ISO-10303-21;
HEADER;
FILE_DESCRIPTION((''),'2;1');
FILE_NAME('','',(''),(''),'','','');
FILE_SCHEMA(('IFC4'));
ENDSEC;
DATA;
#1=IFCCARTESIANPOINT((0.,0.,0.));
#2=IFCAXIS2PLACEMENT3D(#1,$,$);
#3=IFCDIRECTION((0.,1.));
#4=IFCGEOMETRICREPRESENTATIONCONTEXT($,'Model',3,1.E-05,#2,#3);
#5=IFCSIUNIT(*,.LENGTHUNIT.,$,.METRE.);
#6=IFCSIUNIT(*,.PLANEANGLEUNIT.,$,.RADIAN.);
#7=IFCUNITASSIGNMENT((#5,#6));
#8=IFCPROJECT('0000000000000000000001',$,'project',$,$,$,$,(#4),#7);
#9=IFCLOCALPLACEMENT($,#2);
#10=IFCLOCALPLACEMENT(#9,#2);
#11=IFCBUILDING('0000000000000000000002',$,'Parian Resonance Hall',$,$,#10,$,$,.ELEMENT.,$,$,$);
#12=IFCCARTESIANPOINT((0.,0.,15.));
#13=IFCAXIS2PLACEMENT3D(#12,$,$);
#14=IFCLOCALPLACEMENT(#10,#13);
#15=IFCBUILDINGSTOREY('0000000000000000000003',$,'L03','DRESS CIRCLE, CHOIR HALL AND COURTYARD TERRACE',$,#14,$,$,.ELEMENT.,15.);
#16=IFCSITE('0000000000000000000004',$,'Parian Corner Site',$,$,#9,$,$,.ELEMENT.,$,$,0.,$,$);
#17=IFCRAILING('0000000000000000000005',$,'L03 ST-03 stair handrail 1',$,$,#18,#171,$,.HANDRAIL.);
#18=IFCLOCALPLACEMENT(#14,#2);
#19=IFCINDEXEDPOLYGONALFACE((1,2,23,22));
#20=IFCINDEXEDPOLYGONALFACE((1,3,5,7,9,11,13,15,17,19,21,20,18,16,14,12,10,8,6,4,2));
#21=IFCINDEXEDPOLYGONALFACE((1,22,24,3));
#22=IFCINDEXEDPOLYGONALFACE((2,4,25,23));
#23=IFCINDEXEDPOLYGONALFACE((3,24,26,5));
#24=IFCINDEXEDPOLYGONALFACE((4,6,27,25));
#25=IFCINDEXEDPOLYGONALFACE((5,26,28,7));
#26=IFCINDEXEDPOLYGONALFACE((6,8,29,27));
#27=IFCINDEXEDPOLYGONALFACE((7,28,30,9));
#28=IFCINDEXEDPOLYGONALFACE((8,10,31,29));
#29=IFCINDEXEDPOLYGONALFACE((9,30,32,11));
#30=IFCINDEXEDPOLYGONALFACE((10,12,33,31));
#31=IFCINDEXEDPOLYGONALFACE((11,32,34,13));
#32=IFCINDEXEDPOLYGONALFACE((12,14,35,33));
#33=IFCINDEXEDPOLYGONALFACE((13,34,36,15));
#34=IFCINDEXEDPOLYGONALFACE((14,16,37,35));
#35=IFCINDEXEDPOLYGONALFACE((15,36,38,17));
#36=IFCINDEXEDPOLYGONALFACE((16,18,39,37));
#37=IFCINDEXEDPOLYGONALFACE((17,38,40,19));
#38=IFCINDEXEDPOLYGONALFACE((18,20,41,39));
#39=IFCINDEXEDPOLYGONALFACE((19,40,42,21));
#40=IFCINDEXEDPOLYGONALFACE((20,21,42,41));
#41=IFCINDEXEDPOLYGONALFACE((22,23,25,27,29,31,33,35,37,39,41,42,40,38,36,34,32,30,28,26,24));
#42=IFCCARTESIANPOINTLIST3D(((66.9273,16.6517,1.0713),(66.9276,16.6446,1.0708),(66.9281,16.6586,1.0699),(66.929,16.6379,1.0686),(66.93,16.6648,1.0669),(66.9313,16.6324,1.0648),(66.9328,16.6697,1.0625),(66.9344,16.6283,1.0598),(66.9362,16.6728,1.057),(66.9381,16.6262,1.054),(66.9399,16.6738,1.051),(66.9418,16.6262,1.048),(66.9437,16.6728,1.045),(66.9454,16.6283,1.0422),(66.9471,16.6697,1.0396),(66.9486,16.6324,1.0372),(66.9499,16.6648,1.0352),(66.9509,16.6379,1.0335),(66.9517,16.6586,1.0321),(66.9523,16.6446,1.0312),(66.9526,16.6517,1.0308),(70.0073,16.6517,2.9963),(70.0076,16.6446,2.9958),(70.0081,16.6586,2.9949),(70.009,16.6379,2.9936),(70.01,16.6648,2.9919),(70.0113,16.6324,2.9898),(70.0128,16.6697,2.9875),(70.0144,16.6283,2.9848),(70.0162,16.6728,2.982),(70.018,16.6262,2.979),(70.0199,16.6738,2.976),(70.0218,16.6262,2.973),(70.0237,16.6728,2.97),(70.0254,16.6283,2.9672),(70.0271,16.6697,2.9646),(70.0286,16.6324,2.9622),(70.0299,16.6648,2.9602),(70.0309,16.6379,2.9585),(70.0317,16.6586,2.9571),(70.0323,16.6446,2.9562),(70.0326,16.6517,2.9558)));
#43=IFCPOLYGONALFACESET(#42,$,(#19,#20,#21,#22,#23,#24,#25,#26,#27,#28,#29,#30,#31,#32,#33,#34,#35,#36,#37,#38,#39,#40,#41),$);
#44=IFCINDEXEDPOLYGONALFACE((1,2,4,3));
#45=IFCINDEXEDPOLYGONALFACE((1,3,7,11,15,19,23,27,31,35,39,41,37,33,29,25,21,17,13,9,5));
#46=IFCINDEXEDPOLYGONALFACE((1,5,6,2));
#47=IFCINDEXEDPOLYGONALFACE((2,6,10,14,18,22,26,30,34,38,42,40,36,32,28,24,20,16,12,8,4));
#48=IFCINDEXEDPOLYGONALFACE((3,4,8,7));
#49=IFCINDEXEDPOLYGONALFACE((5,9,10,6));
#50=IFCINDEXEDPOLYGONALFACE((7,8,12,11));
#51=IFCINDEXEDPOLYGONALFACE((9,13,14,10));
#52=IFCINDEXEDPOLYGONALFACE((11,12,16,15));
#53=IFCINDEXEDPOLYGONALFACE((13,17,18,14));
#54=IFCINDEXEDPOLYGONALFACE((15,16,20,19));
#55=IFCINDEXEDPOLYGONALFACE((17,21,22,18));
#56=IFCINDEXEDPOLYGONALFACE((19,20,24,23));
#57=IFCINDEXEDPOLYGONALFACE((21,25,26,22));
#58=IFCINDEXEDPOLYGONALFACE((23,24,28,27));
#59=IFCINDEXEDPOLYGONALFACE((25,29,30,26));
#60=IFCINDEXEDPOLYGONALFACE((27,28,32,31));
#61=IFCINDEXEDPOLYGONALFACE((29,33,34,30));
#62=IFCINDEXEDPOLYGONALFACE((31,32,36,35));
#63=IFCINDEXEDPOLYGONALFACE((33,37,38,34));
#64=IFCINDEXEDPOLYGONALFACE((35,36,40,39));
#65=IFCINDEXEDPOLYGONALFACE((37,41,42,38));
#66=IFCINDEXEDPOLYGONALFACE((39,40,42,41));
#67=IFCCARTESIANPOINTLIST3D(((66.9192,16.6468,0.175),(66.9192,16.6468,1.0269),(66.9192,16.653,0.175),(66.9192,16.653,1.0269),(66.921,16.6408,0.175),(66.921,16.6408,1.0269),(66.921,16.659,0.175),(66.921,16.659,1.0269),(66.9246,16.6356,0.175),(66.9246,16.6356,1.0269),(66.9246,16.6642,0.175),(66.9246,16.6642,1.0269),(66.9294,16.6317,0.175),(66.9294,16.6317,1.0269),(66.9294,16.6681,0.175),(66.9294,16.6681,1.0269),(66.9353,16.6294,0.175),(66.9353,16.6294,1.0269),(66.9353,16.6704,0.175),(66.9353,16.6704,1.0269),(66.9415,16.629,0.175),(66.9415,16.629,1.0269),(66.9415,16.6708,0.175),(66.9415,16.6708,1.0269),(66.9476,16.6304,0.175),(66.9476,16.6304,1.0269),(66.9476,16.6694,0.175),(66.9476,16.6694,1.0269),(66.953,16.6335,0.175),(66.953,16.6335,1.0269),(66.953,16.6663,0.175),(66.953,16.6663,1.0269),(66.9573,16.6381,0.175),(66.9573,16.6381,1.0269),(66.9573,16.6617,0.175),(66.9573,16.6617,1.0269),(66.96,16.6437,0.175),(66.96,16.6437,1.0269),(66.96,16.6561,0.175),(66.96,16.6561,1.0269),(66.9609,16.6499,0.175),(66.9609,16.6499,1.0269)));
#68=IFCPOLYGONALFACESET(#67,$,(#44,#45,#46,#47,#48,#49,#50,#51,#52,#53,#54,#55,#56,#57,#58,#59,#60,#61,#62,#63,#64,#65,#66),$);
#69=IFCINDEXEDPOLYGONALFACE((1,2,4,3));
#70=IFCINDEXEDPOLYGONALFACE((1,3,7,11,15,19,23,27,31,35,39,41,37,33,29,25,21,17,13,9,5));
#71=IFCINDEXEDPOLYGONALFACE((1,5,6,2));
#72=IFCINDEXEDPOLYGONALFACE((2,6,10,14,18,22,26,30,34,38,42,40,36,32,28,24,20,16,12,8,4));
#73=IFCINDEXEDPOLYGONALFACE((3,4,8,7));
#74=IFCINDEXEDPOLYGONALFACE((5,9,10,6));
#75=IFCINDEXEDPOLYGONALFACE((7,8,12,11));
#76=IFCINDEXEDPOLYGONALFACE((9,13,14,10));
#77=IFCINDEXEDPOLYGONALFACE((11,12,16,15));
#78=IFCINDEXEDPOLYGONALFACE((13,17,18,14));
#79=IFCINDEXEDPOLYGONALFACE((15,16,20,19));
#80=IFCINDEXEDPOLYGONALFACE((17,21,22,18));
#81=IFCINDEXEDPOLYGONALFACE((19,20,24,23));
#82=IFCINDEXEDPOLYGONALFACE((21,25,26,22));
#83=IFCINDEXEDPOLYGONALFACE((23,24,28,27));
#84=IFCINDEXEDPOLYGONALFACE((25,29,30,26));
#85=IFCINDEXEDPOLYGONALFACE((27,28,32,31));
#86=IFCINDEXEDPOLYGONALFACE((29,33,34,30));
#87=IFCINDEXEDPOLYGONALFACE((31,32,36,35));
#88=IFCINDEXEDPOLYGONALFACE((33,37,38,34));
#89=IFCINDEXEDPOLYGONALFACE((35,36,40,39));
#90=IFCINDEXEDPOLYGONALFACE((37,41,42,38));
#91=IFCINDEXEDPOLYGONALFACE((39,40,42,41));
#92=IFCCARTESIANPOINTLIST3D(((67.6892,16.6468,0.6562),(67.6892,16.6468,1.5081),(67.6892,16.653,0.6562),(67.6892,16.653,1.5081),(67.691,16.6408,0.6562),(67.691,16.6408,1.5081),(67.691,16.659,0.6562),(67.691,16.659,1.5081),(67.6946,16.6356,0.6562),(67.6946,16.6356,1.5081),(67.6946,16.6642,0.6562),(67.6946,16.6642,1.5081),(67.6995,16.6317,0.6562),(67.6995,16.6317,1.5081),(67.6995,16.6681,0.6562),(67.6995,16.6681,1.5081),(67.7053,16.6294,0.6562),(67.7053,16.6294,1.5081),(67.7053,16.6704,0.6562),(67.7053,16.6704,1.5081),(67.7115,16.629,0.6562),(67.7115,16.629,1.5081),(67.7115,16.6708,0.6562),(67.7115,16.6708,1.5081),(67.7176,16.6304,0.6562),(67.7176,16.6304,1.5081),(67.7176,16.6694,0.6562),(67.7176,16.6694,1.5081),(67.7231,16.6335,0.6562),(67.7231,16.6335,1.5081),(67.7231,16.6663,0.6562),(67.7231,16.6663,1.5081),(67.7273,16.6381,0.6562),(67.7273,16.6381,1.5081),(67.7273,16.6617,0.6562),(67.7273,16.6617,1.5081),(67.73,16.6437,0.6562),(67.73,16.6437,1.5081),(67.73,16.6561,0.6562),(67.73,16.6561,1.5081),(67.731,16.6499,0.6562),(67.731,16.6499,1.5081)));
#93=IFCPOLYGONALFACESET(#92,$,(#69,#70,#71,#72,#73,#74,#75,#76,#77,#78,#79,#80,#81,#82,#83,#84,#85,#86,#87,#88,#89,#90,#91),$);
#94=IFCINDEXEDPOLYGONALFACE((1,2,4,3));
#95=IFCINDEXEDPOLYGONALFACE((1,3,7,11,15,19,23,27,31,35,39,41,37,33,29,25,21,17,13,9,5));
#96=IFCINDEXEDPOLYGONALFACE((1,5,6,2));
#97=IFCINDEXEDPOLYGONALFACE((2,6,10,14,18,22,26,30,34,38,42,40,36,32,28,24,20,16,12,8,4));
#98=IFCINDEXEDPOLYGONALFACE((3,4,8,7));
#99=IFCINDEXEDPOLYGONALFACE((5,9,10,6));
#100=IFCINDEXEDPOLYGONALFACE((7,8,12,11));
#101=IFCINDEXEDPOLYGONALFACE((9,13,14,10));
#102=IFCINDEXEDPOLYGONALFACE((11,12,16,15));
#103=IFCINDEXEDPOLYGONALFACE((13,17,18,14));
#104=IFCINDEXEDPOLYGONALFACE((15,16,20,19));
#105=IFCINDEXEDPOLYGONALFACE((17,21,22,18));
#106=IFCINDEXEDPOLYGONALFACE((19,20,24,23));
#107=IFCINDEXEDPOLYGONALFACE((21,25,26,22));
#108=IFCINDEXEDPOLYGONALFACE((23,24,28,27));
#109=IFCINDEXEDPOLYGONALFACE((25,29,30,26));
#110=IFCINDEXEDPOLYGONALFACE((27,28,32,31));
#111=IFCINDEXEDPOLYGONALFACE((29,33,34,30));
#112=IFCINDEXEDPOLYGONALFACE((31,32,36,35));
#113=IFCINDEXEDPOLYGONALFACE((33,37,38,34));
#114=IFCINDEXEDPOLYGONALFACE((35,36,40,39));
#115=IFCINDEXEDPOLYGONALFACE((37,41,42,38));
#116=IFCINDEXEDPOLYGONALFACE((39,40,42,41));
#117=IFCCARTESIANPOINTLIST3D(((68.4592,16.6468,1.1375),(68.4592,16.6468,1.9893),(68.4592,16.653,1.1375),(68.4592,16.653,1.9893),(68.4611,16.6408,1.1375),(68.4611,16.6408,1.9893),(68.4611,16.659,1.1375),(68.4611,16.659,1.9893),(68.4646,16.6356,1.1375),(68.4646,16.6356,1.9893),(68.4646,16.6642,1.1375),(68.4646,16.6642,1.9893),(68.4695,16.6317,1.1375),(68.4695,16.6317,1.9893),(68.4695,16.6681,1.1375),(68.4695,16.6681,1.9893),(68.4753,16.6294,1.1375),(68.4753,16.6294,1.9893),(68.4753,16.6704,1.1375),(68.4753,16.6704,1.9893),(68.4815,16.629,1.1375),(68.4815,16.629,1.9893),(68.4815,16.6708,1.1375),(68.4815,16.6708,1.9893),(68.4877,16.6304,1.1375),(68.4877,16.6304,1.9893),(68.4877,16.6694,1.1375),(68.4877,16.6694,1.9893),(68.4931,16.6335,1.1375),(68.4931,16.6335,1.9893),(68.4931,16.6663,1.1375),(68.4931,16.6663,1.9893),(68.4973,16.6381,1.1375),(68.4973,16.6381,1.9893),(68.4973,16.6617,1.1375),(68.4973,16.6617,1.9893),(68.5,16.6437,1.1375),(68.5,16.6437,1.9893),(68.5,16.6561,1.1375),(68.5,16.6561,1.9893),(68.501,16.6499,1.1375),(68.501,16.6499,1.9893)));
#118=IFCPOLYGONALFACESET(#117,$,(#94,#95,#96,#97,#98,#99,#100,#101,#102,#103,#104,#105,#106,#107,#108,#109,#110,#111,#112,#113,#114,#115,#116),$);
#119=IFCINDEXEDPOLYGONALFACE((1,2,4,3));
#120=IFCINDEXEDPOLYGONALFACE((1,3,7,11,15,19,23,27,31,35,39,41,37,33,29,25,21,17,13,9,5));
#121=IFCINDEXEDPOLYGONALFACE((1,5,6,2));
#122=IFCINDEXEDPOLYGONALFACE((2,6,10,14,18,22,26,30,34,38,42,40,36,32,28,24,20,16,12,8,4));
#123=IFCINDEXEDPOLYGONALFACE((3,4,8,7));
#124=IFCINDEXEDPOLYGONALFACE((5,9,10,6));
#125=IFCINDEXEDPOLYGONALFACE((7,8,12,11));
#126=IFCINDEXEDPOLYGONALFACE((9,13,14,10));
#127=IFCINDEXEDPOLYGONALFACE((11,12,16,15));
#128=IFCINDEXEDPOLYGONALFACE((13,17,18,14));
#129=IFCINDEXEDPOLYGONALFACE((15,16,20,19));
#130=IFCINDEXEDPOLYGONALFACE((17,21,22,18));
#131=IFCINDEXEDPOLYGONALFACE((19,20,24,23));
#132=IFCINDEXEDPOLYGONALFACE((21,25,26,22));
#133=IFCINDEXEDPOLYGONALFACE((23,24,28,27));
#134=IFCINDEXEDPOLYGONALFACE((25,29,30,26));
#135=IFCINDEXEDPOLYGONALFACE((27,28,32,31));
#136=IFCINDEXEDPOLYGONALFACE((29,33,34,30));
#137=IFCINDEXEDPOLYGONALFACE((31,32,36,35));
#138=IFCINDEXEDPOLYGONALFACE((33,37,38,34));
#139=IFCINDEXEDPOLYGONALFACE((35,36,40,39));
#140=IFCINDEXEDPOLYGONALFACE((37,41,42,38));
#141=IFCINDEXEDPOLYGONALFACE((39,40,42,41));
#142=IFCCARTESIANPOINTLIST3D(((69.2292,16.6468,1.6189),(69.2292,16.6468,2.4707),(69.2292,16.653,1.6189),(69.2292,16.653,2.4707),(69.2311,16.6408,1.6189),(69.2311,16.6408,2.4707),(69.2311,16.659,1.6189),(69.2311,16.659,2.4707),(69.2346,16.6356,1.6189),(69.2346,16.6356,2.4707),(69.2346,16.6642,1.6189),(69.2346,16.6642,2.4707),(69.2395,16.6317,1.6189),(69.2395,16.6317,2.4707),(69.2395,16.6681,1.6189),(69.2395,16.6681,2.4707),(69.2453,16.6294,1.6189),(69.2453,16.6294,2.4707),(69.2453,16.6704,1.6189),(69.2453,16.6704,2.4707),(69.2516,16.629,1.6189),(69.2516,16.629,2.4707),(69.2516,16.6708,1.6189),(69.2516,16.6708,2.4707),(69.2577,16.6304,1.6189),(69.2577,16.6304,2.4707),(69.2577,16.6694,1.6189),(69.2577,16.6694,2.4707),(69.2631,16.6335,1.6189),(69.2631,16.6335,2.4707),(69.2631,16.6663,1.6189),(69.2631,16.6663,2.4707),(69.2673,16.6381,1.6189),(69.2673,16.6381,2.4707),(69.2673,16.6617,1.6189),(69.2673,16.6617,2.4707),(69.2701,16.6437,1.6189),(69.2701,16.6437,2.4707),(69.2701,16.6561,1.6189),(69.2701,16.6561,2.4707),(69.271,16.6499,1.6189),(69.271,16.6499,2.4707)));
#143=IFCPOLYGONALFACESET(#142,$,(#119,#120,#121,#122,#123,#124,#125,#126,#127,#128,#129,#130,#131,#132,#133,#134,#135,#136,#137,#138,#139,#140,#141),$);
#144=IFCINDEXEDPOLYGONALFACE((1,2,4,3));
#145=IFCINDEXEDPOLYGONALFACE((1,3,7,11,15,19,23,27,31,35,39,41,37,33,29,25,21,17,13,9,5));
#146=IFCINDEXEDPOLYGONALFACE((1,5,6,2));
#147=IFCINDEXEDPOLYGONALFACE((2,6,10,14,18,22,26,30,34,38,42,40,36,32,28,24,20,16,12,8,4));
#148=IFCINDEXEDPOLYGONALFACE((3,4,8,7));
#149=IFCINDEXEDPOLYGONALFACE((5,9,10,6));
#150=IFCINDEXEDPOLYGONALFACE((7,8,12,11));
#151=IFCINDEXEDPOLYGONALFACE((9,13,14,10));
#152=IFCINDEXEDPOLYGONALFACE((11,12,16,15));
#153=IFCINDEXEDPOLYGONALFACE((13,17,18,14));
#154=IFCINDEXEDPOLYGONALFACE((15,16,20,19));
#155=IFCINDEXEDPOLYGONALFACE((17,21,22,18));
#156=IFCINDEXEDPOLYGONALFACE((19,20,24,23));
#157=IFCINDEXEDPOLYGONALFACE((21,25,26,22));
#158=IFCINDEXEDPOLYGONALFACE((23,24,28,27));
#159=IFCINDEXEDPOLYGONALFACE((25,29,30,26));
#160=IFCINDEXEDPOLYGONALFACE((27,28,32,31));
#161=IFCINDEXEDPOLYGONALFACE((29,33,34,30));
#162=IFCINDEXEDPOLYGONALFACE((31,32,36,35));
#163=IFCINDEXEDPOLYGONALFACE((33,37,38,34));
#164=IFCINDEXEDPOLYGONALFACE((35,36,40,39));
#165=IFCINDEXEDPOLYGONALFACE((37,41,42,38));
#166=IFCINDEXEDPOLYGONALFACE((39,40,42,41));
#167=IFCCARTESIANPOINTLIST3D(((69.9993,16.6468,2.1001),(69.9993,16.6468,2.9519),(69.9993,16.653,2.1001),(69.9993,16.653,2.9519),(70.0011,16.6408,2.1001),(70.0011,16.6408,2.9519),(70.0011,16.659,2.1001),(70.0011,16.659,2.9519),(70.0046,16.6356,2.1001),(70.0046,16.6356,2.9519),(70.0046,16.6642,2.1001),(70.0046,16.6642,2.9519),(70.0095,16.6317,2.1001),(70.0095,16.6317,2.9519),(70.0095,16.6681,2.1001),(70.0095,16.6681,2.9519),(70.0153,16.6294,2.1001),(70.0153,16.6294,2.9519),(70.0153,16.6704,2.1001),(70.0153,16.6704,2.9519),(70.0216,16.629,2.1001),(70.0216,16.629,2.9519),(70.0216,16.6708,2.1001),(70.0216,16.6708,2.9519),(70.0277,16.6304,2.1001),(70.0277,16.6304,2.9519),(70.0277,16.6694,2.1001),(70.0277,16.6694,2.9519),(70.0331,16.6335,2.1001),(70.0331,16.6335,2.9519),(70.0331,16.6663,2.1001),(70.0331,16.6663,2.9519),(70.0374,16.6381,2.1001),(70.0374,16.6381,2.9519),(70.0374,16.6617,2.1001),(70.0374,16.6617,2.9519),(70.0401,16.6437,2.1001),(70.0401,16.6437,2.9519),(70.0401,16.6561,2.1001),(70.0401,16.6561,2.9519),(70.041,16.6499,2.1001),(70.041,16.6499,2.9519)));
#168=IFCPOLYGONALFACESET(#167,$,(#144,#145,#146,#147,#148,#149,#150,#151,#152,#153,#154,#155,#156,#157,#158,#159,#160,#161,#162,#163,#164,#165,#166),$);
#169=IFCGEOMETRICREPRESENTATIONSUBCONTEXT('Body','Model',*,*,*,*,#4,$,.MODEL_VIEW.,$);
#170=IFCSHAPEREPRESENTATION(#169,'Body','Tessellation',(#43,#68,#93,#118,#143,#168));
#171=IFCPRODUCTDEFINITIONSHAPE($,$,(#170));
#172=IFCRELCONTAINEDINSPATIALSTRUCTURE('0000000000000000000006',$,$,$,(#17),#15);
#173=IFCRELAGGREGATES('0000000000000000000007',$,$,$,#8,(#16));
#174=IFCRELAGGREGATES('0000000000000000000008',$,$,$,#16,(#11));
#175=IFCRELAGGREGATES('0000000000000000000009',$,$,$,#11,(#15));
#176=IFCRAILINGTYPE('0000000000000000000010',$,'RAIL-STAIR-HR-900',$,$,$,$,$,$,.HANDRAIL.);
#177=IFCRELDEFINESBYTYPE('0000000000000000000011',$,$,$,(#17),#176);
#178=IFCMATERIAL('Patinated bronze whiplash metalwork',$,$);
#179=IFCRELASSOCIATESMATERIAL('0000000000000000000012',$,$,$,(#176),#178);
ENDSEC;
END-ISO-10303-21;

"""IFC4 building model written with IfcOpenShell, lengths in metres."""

from ifc_helpers import new_model, si_unit, direction, frame, origin, origin_2d, place, context, subcontext, project, spatial, circle, extrude, material, type_object, element, save


model = new_model("IFC4")

# Units and contexts
model_context = context("Model", 3, precision=1e-05, world=origin(), true_north=direction((0.0, 1.0)))
body_context = subcontext(model_context, "Body", "Model", "MODEL_VIEW")
ifc_project = project(units=[si_unit("LENGTHUNIT", "METRE"), si_unit("PLANEANGLEUNIT", "RADIAN")], contexts=[model_context])

# Site, building, storey
site_placement = place(None, origin())
site = spatial("IfcSite", under=ifc_project, at=site_placement, Name="Parian Corner Site", CompositionType="ELEMENT", RefElevation=0.0)
building_placement = place(site_placement, origin())
building = spatial("IfcBuilding", under=site, at=building_placement, Name="Parian Resonance Hall", CompositionType="ELEMENT")
storey_placement = place(building_placement, frame((0.0, 0.0, 15.0)))
storey = spatial("IfcBuildingStorey", under=building, at=storey_placement, Name="L03", Description="DRESS CIRCLE, CHOIR HALL AND COURTYARD TERRACE", CompositionType="ELEMENT", Elevation=15.0)

# Railing
ifc_material_1 = material(Name="Patinated bronze whiplash metalwork")
railing_type_1 = type_object("IfcRailingType", Name="RAIL-STAIR-HR-900", PredefinedType="HANDRAIL", material=ifc_material_1)
railing_1_placement = place(storey_placement, frame((66.9399, 16.6499, 0.175)))
element("IfcRailing", 1, at=railing_1_placement, inside=storey, type_object=railing_type_1, Name="L03 ST-03 stair handrail 1", PredefinedType="HANDRAIL", context=body_context, shape_type="SweptSolid", body=[
    extrude(circle(Radius=0.0239, at=origin_2d()), frame((0.0, 0.0, 0.876), z_axis=(0.847998, 0.0, 0.529999), x_axis=(0.0, 1.0, 0.0)), (0.0, 0.0, 1.0), 3.6321),
    extrude(circle(Radius=0.021, at=origin_2d()), origin(), (0.0, 0.0, 1.0), 0.8518),
    extrude(circle(Radius=0.021, at=origin_2d()), frame((0.77, 0.0, 0.4812)), (0.0, 0.0, 1.0), 0.8518),
    extrude(circle(Radius=0.021, at=origin_2d()), frame((1.54, 0.0, 0.9624)), (0.0, 0.0, 1.0), 0.8518),
    extrude(circle(Radius=0.021, at=origin_2d()), frame((2.3101, 0.0, 1.4438)), (0.0, 0.0, 1.0), 0.8518),
    extrude(circle(Radius=0.021, at=origin_2d()), frame((3.0801, 0.0, 1.925)), (0.0, 0.0, 1.0), 0.8518),
])

save(model, "model.ifc")
